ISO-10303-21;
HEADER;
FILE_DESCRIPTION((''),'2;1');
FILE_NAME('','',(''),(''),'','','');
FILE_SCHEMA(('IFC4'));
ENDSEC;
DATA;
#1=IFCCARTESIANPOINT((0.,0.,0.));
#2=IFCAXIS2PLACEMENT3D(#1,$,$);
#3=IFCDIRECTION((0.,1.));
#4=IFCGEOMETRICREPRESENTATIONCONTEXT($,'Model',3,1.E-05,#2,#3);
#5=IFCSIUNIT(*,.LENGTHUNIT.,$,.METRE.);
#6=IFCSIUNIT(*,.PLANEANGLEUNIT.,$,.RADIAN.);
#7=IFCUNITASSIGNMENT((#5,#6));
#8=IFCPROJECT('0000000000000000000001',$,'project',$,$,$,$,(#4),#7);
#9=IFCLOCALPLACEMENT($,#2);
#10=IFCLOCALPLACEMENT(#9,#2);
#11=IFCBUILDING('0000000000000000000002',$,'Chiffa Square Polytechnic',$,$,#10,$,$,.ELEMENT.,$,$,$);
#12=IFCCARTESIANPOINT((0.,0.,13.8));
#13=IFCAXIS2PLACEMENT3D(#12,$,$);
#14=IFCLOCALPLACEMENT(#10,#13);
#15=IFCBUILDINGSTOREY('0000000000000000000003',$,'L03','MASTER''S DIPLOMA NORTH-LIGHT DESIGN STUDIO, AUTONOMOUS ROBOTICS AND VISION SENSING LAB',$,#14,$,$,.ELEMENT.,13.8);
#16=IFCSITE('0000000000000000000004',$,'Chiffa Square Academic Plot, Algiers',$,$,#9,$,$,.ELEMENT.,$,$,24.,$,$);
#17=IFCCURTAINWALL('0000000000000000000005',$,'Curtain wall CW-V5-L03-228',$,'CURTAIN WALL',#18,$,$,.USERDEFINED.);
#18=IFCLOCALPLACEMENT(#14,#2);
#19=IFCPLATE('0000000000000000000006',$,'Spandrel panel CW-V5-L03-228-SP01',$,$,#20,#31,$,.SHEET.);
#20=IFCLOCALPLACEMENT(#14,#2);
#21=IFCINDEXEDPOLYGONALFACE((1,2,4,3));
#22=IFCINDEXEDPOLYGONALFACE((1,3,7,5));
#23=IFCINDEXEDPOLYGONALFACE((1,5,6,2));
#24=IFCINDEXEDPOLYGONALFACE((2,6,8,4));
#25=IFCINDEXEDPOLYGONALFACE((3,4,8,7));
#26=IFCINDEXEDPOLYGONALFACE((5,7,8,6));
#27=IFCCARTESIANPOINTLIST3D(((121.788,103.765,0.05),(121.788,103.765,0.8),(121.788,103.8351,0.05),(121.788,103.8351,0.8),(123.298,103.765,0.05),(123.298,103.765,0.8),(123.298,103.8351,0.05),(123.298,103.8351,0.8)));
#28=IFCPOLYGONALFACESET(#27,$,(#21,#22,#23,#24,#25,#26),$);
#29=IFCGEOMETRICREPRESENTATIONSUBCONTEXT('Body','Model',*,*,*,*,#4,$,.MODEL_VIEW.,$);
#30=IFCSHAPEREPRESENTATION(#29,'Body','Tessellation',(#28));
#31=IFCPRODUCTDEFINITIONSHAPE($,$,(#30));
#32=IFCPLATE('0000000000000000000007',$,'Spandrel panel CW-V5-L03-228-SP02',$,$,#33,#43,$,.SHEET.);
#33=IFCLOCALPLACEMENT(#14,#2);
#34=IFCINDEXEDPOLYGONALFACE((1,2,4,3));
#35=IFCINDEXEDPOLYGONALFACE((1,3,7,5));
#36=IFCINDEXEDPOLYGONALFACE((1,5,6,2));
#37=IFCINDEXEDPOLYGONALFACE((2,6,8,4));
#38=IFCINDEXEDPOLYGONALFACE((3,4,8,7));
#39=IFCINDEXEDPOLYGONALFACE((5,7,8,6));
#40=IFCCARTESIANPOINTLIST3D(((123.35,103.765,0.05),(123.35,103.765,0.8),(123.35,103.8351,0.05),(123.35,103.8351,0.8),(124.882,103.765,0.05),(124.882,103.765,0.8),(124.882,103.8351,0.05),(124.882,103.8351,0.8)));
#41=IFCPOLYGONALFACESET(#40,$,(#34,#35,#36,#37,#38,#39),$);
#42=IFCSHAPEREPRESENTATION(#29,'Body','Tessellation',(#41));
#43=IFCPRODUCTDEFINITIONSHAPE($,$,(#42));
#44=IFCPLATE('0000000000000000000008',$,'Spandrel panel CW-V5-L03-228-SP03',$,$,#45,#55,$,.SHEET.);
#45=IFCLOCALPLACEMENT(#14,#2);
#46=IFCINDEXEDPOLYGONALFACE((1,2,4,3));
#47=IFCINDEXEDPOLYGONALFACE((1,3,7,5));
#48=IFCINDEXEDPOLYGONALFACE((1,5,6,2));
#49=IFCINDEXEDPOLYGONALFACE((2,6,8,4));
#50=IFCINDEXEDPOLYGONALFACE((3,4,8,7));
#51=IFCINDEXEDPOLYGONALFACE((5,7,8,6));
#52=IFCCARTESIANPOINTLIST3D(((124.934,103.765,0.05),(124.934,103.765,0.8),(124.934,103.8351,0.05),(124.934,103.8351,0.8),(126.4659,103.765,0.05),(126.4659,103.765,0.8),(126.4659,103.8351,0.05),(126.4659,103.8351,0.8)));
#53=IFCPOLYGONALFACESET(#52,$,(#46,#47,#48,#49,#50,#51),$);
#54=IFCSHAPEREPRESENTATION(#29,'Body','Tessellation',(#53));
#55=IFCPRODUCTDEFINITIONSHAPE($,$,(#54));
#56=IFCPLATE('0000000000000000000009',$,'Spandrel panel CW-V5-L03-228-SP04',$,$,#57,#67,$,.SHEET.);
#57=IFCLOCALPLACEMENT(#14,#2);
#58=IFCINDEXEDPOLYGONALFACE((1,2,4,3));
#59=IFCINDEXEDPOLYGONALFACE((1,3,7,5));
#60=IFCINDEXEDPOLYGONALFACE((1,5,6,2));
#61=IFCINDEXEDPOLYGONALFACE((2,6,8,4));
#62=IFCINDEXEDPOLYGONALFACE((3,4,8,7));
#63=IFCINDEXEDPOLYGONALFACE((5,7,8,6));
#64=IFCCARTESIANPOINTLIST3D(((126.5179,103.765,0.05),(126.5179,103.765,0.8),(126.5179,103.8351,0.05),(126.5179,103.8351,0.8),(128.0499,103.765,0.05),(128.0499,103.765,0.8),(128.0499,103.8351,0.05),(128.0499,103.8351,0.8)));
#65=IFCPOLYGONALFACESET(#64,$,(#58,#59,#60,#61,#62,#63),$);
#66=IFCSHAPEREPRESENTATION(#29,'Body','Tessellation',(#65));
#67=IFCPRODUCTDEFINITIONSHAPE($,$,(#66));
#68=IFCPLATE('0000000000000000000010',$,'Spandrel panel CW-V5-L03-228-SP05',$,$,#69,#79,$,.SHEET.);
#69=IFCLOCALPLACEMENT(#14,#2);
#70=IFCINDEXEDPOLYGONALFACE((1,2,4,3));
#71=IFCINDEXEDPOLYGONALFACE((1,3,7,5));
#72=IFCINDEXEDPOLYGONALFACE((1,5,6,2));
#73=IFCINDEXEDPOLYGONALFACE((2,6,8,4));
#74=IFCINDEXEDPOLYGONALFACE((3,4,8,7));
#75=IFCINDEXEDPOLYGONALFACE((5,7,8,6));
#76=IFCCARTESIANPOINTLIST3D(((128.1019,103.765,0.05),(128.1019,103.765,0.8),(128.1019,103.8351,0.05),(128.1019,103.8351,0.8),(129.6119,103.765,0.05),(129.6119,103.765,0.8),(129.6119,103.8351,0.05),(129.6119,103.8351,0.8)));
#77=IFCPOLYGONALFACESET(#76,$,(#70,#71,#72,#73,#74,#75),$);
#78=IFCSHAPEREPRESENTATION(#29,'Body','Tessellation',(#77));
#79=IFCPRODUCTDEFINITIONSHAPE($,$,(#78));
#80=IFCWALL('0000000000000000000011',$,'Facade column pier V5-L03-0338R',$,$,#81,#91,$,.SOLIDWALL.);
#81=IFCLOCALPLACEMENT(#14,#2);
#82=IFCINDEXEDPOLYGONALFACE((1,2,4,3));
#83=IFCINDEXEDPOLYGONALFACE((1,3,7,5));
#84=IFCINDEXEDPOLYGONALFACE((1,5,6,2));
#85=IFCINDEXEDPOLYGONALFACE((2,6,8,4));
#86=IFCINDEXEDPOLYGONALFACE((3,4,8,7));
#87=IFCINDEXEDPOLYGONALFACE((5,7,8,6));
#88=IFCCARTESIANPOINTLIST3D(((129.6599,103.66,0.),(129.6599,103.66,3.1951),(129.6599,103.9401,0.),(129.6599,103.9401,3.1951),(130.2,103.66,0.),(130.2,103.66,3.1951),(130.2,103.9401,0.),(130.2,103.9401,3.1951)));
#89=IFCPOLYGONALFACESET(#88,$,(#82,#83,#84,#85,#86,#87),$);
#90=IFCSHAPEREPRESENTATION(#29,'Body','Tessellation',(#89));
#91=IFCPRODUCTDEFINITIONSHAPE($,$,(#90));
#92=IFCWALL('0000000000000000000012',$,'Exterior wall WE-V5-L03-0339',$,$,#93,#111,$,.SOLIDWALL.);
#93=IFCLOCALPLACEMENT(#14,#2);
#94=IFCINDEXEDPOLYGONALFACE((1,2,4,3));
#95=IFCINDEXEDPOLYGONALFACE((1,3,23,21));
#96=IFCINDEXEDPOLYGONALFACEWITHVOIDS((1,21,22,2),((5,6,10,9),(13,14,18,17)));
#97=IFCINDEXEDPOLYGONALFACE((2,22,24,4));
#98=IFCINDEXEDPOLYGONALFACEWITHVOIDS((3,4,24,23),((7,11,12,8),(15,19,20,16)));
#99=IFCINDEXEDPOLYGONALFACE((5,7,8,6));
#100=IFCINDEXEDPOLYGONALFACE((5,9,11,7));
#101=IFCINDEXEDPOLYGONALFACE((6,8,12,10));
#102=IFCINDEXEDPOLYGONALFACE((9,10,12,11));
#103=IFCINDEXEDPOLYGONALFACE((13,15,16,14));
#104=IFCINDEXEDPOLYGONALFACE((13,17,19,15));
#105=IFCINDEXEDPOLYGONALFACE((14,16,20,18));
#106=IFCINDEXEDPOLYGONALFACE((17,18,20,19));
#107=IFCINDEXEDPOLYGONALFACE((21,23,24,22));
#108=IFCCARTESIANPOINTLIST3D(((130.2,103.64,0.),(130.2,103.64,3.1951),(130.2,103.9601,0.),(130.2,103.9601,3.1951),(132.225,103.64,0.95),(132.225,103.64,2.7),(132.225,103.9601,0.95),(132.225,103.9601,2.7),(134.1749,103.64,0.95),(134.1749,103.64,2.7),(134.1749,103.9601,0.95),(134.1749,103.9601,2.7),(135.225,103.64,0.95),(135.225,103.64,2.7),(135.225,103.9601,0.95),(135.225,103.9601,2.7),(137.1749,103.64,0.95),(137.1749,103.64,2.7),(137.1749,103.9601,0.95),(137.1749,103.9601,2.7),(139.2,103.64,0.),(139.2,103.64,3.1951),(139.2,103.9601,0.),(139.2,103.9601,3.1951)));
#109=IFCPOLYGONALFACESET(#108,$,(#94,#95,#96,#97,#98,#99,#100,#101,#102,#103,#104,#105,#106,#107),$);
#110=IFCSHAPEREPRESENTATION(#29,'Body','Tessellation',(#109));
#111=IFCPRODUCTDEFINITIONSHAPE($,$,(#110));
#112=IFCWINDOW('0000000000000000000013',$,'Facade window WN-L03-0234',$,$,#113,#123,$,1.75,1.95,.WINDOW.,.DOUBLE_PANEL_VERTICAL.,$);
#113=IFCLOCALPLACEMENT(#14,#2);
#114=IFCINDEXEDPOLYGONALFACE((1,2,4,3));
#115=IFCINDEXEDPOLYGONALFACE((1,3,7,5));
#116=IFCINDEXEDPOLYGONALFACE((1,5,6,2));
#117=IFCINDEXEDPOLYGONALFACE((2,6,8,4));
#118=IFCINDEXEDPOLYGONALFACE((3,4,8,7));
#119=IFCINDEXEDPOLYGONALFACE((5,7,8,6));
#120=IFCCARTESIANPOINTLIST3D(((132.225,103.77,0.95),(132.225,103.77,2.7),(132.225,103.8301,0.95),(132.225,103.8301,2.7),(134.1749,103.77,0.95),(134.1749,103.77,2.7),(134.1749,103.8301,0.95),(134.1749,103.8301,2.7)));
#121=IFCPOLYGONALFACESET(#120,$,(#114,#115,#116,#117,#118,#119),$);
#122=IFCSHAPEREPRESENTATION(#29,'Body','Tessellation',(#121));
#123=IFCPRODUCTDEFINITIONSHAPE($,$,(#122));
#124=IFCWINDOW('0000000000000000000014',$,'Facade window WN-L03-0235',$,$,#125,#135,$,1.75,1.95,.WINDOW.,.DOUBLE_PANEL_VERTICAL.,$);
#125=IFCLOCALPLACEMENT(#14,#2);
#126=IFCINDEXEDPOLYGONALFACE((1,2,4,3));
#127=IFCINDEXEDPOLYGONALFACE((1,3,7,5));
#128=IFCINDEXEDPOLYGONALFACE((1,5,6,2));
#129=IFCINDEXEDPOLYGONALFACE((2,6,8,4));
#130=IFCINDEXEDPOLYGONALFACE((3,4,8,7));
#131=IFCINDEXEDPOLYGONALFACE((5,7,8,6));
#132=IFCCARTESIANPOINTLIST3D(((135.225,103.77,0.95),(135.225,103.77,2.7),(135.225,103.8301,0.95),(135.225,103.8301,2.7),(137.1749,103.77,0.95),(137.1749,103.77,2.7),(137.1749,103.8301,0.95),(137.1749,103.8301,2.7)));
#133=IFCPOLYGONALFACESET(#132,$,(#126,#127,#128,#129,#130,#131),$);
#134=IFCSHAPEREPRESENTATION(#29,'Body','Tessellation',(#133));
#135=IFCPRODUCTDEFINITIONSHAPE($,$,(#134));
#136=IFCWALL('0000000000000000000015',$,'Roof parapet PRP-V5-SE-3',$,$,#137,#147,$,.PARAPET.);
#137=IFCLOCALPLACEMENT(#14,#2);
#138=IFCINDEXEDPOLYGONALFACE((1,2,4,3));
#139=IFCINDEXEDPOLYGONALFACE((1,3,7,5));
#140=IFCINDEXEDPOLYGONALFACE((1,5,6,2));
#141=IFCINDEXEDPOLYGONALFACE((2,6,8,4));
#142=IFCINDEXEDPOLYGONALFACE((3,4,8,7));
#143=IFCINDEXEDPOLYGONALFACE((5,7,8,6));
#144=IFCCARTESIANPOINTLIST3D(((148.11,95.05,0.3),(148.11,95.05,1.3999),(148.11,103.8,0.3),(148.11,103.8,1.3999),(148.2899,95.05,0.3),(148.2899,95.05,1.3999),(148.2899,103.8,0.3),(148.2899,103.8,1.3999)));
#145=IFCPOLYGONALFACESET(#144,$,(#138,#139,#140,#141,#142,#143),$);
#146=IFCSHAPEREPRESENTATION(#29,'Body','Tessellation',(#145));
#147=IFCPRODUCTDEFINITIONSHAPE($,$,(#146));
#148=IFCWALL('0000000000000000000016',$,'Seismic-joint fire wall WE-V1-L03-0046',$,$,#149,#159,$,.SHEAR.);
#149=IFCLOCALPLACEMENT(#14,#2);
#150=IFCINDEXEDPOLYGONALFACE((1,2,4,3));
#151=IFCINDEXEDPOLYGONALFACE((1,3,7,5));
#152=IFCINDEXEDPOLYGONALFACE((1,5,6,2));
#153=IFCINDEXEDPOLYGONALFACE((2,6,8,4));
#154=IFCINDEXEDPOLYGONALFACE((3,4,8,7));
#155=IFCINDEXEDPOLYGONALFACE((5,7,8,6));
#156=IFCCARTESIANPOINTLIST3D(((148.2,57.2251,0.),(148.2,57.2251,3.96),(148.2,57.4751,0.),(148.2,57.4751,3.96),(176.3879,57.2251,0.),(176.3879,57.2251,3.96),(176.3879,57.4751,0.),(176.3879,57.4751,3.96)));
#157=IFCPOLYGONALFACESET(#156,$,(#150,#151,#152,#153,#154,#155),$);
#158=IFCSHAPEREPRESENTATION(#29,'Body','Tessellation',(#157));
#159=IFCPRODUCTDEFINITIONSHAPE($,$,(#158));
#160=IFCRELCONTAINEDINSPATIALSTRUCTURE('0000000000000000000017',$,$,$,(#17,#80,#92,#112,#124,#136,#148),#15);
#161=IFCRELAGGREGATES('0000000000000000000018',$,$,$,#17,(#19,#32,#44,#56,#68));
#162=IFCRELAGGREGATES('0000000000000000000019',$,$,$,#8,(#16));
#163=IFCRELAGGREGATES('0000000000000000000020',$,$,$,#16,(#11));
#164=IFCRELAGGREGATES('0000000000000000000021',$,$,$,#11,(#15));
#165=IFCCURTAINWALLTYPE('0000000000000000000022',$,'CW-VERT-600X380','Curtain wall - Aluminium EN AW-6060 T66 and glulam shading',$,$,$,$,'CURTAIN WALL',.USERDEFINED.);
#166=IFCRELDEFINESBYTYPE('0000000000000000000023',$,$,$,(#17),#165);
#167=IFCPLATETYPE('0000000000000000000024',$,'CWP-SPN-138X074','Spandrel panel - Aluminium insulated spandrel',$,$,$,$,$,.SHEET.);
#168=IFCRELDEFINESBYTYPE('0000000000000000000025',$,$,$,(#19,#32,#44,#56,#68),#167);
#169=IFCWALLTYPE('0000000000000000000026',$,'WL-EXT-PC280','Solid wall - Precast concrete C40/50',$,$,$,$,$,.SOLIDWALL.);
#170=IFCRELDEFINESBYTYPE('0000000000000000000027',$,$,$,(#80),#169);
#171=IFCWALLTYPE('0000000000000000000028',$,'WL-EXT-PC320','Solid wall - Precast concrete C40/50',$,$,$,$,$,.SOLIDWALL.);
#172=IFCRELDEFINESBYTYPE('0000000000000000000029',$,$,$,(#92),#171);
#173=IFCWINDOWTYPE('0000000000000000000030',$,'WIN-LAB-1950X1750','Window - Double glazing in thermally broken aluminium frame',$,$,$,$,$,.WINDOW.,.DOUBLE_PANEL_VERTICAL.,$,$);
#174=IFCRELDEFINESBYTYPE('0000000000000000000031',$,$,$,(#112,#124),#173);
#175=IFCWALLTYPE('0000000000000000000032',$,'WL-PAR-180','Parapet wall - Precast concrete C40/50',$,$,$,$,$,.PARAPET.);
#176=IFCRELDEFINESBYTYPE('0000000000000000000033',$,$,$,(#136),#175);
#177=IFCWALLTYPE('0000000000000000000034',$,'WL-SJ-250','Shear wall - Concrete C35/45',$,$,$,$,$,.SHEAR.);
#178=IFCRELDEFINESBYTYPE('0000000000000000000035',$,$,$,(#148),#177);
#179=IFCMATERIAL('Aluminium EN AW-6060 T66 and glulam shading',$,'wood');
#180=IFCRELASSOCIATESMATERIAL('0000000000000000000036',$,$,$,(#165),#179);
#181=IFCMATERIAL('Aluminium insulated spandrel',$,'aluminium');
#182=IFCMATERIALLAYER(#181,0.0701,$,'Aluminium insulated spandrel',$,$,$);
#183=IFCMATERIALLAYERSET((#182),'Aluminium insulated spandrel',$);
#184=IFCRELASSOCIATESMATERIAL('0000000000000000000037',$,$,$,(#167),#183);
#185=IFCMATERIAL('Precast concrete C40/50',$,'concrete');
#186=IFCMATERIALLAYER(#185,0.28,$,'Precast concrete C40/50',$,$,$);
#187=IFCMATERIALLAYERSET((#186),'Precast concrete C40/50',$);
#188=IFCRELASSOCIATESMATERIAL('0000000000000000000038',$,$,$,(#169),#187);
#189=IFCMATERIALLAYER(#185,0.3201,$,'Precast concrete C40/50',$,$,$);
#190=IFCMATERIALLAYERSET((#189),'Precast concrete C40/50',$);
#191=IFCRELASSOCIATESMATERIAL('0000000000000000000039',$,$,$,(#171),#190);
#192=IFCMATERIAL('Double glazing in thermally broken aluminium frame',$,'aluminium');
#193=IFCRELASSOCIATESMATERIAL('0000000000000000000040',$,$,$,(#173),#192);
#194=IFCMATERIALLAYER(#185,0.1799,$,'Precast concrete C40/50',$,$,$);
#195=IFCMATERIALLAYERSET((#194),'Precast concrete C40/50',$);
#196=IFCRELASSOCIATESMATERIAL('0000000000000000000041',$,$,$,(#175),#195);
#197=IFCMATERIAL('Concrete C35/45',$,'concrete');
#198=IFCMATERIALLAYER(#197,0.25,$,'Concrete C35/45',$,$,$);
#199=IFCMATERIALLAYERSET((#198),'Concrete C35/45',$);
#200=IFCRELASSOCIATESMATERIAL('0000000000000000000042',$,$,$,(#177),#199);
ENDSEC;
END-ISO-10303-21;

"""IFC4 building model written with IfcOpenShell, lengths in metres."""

from ifc_helpers import new_model, si_unit, direction, frame, frame_2d, origin, origin_2d, place, context, subcontext, project, spatial, rectangle, extrude, material, layer, layer_set, type_object, element, fill, aggregate, save


model = new_model("IFC4")

# Units and contexts
model_context = context("Model", 3, precision=1e-05, world=origin(), true_north=direction((0.0, 1.0)))
body_context = subcontext(model_context, "Body", "Model", "MODEL_VIEW")
ifc_project = project(units=[si_unit("LENGTHUNIT", "METRE"), si_unit("PLANEANGLEUNIT", "RADIAN")], contexts=[model_context])

# Site, building, storey
site_placement = place(None, origin())
site = spatial("IfcSite", under=ifc_project, at=site_placement, Name="Chiffa Square Academic Plot, Algiers", CompositionType="ELEMENT", RefElevation=24.0)
building_placement = place(site_placement, origin())
building = spatial("IfcBuilding", under=site, at=building_placement, Name="Chiffa Square Polytechnic", CompositionType="ELEMENT")
storey_placement = place(building_placement, frame((0.0, 0.0, 13.8)))
storey = spatial("IfcBuildingStorey", under=building, at=storey_placement, Name="L03", Description="MASTER'S DIPLOMA NORTH-LIGHT DESIGN STUDIO, AUTONOMOUS ROBOTICS AND VISION SENSING LAB", CompositionType="ELEMENT", Elevation=13.8)

# Shared definitions
ifc_material_1 = material(Name="Concrete C35/45", Category="concrete")

# Curtain wall, plates
ifc_material_2 = material(Name="Aluminium EN AW-6060 T66 and glulam shading", Category="wood")
curtain_wall_type = type_object("IfcCurtainWallType", Name="CW-VERT-600X380", Description="Curtain wall - Aluminium EN AW-6060 T66 and glulam shading", ElementType="CURTAIN WALL", PredefinedType="USERDEFINED", material=ifc_material_2)
curtain_wall_placement = place(storey_placement, origin())
curtain_wall = element("IfcCurtainWall", 1, at=curtain_wall_placement, inside=storey, type_object=curtain_wall_type, Name="Curtain wall CW-V5-L03-228", ObjectType="CURTAIN WALL", PredefinedType="USERDEFINED")
ifc_material_3 = material(Name="Aluminium insulated spandrel", Category="aluminium")
ifc_layer_1 = layer(ifc_material_3, 0.0701, Name="Aluminium insulated spandrel")
ifc_layer_set_1 = layer_set([ifc_layer_1], Name="Aluminium insulated spandrel")
plate_type_1 = type_object("IfcPlateType", Name="CWP-SPN-138X074", Description="Spandrel panel - Aluminium insulated spandrel", PredefinedType="SHEET", material=ifc_layer_set_1)
plate_1_placement = place(storey_placement, frame((122.543, 103.8, 0.05), z_axis=(0.0, 0.0, 1.0), x_axis=(1.0, 0.0, 0.0)))
plate_1 = element("IfcPlate", 2, at=plate_1_placement, type_object=plate_type_1, Name="Spandrel panel CW-V5-L03-228-SP01", PredefinedType="SHEET", context=body_context, shape_type="SweptSolid", body=[
    extrude(rectangle(XDim=1.51, YDim=0.0701, at=origin_2d()), origin(), (0.0, 0.0, 1.0), 0.75),
])
plate_2_placement = place(storey_placement, frame((124.116, 103.8, 0.05), z_axis=(0.0, 0.0, 1.0), x_axis=(1.0, 0.0, 0.0)))
plate_2 = element("IfcPlate", 3, at=plate_2_placement, type_object=plate_type_1, Name="Spandrel panel CW-V5-L03-228-SP02", PredefinedType="SHEET", context=body_context, shape_type="SweptSolid", body=[
    extrude(rectangle(XDim=1.532, YDim=0.0701, at=origin_2d()), origin(), (0.0, 0.0, 1.0), 0.75),
])
plate_3_placement = place(storey_placement, frame((125.7, 103.8, 0.05), z_axis=(0.0, 0.0, 1.0), x_axis=(1.0, 0.0, 0.0)))
plate_3 = element("IfcPlate", 4, at=plate_3_placement, type_object=plate_type_1, Name="Spandrel panel CW-V5-L03-228-SP03", PredefinedType="SHEET", context=body_context, shape_type="SweptSolid", body=[
    extrude(rectangle(XDim=1.532, YDim=0.0701, at=origin_2d()), origin(), (0.0, 0.0, 1.0), 0.75),
])
plate_4_placement = place(storey_placement, frame((127.2839, 103.8, 0.05), z_axis=(0.0, 0.0, 1.0), x_axis=(1.0, 0.0, 0.0)))
plate_4 = element("IfcPlate", 5, at=plate_4_placement, type_object=plate_type_1, Name="Spandrel panel CW-V5-L03-228-SP04", PredefinedType="SHEET", context=body_context, shape_type="SweptSolid", body=[
    extrude(rectangle(XDim=1.532, YDim=0.0701, at=origin_2d()), origin(), (0.0, 0.0, 1.0), 0.75),
])
plate_5_placement = place(storey_placement, frame((128.8569, 103.8, 0.05), z_axis=(0.0, 0.0, 1.0), x_axis=(1.0, 0.0, 0.0)))
plate_5 = element("IfcPlate", 6, at=plate_5_placement, type_object=plate_type_1, Name="Spandrel panel CW-V5-L03-228-SP05", PredefinedType="SHEET", context=body_context, shape_type="SweptSolid", body=[
    extrude(rectangle(XDim=1.51, YDim=0.0701, at=origin_2d()), origin(), (0.0, 0.0, 1.0), 0.75),
])
aggregate(curtain_wall, [plate_1, plate_2, plate_3, plate_4, plate_5])

# Wall
ifc_material_4 = material(Name="Precast concrete C40/50", Category="concrete")
ifc_layer_2 = layer(ifc_material_4, 0.28, Name="Precast concrete C40/50")
ifc_layer_set_2 = layer_set([ifc_layer_2], Name="Precast concrete C40/50")
wall_type_1 = type_object("IfcWallType", Name="WL-EXT-PC280", Description="Solid wall - Precast concrete C40/50", PredefinedType="SOLIDWALL", material=ifc_layer_set_2)
wall_1_placement = place(storey_placement, frame((129.6599, 103.8, 0.0), z_axis=(0.0, 0.0, 1.0), x_axis=(1.0, 0.0, 0.0)))
element("IfcWall", 7, at=wall_1_placement, inside=storey, type_object=wall_type_1, Name="Facade column pier V5-L03-0338R", PredefinedType="SOLIDWALL", context=body_context, shape_type="SweptSolid", body=[
    extrude(rectangle(XDim=0.54, YDim=0.28, at=frame_2d((0.27, 0.0))), origin(), (0.0, 0.0, 1.0), 3.1951),
])

# Wall, openings, windows
ifc_layer_3 = layer(ifc_material_4, 0.3201, Name="Precast concrete C40/50")
ifc_layer_set_3 = layer_set([ifc_layer_3], Name="Precast concrete C40/50")
wall_type_2 = type_object("IfcWallType", Name="WL-EXT-PC320", Description="Solid wall - Precast concrete C40/50", PredefinedType="SOLIDWALL", material=ifc_layer_set_3)
wall_2_placement = place(storey_placement, frame((130.2, 103.8, 0.0), z_axis=(0.0, 0.0, 1.0), x_axis=(1.0, 0.0, 0.0)))
wall_2 = element("IfcWall", 8, at=wall_2_placement, inside=storey, type_object=wall_type_2, Name="Exterior wall WE-V5-L03-0339", PredefinedType="SOLIDWALL", context=body_context, shape_type="SweptSolid", body=[
    extrude(rectangle(XDim=9.0, YDim=0.3201, at=frame_2d((4.5, 0.0))), origin(), (0.0, 0.0, 1.0), 3.1951),
])
opening_1_placement = place(wall_2_placement, frame((2.0249, 0.0, 0.95)))
opening_1 = element("IfcOpeningElement", 9, at=opening_1_placement, cuts=wall_2, PredefinedType="OPENING", context=body_context, shape_type="SweptSolid", body=[
    extrude(rectangle(XDim=1.95, YDim=1.75, at=frame_2d((0.9751, 0.875))), frame((0.0, 0.1699, 0.0), z_axis=(0.0, -1.0, 0.0), x_axis=(1.0, 0.0, 0.0)), (0.0, 0.0, 1.0), 0.3401),
])
opening_2_placement = place(wall_2_placement, frame((5.0249, 0.0, 0.95)))
opening_2 = element("IfcOpeningElement", 10, at=opening_2_placement, cuts=wall_2, PredefinedType="OPENING", context=body_context, shape_type="SweptSolid", body=[
    extrude(rectangle(XDim=1.95, YDim=1.75, at=frame_2d((0.9751, 0.875))), frame((0.0, 0.1699, 0.0), z_axis=(0.0, -1.0, 0.0), x_axis=(1.0, 0.0, 0.0)), (0.0, 0.0, 1.0), 0.3401),
])
ifc_material_5 = material(Name="Double glazing in thermally broken aluminium frame", Category="aluminium")
window_type = type_object("IfcWindowType", Name="WIN-LAB-1950X1750", Description="Window - Double glazing in thermally broken aluminium frame", PartitioningType="DOUBLE_PANEL_VERTICAL", PredefinedType="WINDOW", material=ifc_material_5)
window_1_placement = place(opening_1_placement, origin())
window_1 = element("IfcWindow", 11, at=window_1_placement, inside=storey, type_object=window_type, Name="Facade window WN-L03-0234", OverallHeight=1.75, OverallWidth=1.95, PartitioningType="DOUBLE_PANEL_VERTICAL", PredefinedType="WINDOW", context=body_context, shape_type="SweptSolid", body=[
    extrude(rectangle(XDim=1.95, YDim=1.75, at=frame_2d((0.9751, 0.875))), frame((0.0, 0.03, 0.0), z_axis=(0.0, -1.0, 0.0), x_axis=(1.0, 0.0, 0.0)), (0.0, 0.0, 1.0), 0.0601),
])
fill(opening_1, window_1)
window_2_placement = place(opening_2_placement, origin())
window_2 = element("IfcWindow", 12, at=window_2_placement, inside=storey, type_object=window_type, Name="Facade window WN-L03-0235", OverallHeight=1.75, OverallWidth=1.95, PartitioningType="DOUBLE_PANEL_VERTICAL", PredefinedType="WINDOW", context=body_context, shape_type="SweptSolid", body=[
    extrude(rectangle(XDim=1.95, YDim=1.75, at=frame_2d((0.9751, 0.875))), frame((0.0, 0.03, 0.0), z_axis=(0.0, -1.0, 0.0), x_axis=(1.0, 0.0, 0.0)), (0.0, 0.0, 1.0), 0.0601),
])
fill(opening_2, window_2)

# Walls
ifc_layer_4 = layer(ifc_material_4, 0.1799, Name="Precast concrete C40/50")
ifc_layer_set_4 = layer_set([ifc_layer_4], Name="Precast concrete C40/50")
wall_type_3 = type_object("IfcWallType", Name="WL-PAR-180", Description="Parapet wall - Precast concrete C40/50", PredefinedType="PARAPET", material=ifc_layer_set_4)
wall_3_placement = place(storey_placement, frame((148.2, 95.05, 0.3), z_axis=(0.0, 0.0, 1.0), x_axis=(0.0, 1.0, 0.0)))
element("IfcWall", 13, at=wall_3_placement, inside=storey, type_object=wall_type_3, Name="Roof parapet PRP-V5-SE-3", PredefinedType="PARAPET", context=body_context, shape_type="SweptSolid", body=[
    extrude(rectangle(XDim=8.75, YDim=0.1799, at=frame_2d((4.375, 0.0))), origin(), (0.0, 0.0, 1.0), 1.0999),
])
ifc_layer_5 = layer(ifc_material_1, 0.25, Name="Concrete C35/45")
ifc_layer_set_5 = layer_set([ifc_layer_5], Name="Concrete C35/45")
wall_type_4 = type_object("IfcWallType", Name="WL-SJ-250", Description="Shear wall - Concrete C35/45", PredefinedType="SHEAR", material=ifc_layer_set_5)
wall_4_placement = place(storey_placement, frame((176.3879, 57.3501, 0.0), z_axis=(0.0, 0.0, 1.0), x_axis=(-1.0, 0.0, 0.0)))
element("IfcWall", 14, at=wall_4_placement, inside=storey, type_object=wall_type_4, Name="Seismic-joint fire wall WE-V1-L03-0046", PredefinedType="SHEAR", context=body_context, shape_type="SweptSolid", body=[
    extrude(rectangle(XDim=28.188, YDim=0.25, at=frame_2d((14.094, 0.0))), origin(), (0.0, 0.0, 1.0), 3.96),
])

save(model, "model.ifc")
